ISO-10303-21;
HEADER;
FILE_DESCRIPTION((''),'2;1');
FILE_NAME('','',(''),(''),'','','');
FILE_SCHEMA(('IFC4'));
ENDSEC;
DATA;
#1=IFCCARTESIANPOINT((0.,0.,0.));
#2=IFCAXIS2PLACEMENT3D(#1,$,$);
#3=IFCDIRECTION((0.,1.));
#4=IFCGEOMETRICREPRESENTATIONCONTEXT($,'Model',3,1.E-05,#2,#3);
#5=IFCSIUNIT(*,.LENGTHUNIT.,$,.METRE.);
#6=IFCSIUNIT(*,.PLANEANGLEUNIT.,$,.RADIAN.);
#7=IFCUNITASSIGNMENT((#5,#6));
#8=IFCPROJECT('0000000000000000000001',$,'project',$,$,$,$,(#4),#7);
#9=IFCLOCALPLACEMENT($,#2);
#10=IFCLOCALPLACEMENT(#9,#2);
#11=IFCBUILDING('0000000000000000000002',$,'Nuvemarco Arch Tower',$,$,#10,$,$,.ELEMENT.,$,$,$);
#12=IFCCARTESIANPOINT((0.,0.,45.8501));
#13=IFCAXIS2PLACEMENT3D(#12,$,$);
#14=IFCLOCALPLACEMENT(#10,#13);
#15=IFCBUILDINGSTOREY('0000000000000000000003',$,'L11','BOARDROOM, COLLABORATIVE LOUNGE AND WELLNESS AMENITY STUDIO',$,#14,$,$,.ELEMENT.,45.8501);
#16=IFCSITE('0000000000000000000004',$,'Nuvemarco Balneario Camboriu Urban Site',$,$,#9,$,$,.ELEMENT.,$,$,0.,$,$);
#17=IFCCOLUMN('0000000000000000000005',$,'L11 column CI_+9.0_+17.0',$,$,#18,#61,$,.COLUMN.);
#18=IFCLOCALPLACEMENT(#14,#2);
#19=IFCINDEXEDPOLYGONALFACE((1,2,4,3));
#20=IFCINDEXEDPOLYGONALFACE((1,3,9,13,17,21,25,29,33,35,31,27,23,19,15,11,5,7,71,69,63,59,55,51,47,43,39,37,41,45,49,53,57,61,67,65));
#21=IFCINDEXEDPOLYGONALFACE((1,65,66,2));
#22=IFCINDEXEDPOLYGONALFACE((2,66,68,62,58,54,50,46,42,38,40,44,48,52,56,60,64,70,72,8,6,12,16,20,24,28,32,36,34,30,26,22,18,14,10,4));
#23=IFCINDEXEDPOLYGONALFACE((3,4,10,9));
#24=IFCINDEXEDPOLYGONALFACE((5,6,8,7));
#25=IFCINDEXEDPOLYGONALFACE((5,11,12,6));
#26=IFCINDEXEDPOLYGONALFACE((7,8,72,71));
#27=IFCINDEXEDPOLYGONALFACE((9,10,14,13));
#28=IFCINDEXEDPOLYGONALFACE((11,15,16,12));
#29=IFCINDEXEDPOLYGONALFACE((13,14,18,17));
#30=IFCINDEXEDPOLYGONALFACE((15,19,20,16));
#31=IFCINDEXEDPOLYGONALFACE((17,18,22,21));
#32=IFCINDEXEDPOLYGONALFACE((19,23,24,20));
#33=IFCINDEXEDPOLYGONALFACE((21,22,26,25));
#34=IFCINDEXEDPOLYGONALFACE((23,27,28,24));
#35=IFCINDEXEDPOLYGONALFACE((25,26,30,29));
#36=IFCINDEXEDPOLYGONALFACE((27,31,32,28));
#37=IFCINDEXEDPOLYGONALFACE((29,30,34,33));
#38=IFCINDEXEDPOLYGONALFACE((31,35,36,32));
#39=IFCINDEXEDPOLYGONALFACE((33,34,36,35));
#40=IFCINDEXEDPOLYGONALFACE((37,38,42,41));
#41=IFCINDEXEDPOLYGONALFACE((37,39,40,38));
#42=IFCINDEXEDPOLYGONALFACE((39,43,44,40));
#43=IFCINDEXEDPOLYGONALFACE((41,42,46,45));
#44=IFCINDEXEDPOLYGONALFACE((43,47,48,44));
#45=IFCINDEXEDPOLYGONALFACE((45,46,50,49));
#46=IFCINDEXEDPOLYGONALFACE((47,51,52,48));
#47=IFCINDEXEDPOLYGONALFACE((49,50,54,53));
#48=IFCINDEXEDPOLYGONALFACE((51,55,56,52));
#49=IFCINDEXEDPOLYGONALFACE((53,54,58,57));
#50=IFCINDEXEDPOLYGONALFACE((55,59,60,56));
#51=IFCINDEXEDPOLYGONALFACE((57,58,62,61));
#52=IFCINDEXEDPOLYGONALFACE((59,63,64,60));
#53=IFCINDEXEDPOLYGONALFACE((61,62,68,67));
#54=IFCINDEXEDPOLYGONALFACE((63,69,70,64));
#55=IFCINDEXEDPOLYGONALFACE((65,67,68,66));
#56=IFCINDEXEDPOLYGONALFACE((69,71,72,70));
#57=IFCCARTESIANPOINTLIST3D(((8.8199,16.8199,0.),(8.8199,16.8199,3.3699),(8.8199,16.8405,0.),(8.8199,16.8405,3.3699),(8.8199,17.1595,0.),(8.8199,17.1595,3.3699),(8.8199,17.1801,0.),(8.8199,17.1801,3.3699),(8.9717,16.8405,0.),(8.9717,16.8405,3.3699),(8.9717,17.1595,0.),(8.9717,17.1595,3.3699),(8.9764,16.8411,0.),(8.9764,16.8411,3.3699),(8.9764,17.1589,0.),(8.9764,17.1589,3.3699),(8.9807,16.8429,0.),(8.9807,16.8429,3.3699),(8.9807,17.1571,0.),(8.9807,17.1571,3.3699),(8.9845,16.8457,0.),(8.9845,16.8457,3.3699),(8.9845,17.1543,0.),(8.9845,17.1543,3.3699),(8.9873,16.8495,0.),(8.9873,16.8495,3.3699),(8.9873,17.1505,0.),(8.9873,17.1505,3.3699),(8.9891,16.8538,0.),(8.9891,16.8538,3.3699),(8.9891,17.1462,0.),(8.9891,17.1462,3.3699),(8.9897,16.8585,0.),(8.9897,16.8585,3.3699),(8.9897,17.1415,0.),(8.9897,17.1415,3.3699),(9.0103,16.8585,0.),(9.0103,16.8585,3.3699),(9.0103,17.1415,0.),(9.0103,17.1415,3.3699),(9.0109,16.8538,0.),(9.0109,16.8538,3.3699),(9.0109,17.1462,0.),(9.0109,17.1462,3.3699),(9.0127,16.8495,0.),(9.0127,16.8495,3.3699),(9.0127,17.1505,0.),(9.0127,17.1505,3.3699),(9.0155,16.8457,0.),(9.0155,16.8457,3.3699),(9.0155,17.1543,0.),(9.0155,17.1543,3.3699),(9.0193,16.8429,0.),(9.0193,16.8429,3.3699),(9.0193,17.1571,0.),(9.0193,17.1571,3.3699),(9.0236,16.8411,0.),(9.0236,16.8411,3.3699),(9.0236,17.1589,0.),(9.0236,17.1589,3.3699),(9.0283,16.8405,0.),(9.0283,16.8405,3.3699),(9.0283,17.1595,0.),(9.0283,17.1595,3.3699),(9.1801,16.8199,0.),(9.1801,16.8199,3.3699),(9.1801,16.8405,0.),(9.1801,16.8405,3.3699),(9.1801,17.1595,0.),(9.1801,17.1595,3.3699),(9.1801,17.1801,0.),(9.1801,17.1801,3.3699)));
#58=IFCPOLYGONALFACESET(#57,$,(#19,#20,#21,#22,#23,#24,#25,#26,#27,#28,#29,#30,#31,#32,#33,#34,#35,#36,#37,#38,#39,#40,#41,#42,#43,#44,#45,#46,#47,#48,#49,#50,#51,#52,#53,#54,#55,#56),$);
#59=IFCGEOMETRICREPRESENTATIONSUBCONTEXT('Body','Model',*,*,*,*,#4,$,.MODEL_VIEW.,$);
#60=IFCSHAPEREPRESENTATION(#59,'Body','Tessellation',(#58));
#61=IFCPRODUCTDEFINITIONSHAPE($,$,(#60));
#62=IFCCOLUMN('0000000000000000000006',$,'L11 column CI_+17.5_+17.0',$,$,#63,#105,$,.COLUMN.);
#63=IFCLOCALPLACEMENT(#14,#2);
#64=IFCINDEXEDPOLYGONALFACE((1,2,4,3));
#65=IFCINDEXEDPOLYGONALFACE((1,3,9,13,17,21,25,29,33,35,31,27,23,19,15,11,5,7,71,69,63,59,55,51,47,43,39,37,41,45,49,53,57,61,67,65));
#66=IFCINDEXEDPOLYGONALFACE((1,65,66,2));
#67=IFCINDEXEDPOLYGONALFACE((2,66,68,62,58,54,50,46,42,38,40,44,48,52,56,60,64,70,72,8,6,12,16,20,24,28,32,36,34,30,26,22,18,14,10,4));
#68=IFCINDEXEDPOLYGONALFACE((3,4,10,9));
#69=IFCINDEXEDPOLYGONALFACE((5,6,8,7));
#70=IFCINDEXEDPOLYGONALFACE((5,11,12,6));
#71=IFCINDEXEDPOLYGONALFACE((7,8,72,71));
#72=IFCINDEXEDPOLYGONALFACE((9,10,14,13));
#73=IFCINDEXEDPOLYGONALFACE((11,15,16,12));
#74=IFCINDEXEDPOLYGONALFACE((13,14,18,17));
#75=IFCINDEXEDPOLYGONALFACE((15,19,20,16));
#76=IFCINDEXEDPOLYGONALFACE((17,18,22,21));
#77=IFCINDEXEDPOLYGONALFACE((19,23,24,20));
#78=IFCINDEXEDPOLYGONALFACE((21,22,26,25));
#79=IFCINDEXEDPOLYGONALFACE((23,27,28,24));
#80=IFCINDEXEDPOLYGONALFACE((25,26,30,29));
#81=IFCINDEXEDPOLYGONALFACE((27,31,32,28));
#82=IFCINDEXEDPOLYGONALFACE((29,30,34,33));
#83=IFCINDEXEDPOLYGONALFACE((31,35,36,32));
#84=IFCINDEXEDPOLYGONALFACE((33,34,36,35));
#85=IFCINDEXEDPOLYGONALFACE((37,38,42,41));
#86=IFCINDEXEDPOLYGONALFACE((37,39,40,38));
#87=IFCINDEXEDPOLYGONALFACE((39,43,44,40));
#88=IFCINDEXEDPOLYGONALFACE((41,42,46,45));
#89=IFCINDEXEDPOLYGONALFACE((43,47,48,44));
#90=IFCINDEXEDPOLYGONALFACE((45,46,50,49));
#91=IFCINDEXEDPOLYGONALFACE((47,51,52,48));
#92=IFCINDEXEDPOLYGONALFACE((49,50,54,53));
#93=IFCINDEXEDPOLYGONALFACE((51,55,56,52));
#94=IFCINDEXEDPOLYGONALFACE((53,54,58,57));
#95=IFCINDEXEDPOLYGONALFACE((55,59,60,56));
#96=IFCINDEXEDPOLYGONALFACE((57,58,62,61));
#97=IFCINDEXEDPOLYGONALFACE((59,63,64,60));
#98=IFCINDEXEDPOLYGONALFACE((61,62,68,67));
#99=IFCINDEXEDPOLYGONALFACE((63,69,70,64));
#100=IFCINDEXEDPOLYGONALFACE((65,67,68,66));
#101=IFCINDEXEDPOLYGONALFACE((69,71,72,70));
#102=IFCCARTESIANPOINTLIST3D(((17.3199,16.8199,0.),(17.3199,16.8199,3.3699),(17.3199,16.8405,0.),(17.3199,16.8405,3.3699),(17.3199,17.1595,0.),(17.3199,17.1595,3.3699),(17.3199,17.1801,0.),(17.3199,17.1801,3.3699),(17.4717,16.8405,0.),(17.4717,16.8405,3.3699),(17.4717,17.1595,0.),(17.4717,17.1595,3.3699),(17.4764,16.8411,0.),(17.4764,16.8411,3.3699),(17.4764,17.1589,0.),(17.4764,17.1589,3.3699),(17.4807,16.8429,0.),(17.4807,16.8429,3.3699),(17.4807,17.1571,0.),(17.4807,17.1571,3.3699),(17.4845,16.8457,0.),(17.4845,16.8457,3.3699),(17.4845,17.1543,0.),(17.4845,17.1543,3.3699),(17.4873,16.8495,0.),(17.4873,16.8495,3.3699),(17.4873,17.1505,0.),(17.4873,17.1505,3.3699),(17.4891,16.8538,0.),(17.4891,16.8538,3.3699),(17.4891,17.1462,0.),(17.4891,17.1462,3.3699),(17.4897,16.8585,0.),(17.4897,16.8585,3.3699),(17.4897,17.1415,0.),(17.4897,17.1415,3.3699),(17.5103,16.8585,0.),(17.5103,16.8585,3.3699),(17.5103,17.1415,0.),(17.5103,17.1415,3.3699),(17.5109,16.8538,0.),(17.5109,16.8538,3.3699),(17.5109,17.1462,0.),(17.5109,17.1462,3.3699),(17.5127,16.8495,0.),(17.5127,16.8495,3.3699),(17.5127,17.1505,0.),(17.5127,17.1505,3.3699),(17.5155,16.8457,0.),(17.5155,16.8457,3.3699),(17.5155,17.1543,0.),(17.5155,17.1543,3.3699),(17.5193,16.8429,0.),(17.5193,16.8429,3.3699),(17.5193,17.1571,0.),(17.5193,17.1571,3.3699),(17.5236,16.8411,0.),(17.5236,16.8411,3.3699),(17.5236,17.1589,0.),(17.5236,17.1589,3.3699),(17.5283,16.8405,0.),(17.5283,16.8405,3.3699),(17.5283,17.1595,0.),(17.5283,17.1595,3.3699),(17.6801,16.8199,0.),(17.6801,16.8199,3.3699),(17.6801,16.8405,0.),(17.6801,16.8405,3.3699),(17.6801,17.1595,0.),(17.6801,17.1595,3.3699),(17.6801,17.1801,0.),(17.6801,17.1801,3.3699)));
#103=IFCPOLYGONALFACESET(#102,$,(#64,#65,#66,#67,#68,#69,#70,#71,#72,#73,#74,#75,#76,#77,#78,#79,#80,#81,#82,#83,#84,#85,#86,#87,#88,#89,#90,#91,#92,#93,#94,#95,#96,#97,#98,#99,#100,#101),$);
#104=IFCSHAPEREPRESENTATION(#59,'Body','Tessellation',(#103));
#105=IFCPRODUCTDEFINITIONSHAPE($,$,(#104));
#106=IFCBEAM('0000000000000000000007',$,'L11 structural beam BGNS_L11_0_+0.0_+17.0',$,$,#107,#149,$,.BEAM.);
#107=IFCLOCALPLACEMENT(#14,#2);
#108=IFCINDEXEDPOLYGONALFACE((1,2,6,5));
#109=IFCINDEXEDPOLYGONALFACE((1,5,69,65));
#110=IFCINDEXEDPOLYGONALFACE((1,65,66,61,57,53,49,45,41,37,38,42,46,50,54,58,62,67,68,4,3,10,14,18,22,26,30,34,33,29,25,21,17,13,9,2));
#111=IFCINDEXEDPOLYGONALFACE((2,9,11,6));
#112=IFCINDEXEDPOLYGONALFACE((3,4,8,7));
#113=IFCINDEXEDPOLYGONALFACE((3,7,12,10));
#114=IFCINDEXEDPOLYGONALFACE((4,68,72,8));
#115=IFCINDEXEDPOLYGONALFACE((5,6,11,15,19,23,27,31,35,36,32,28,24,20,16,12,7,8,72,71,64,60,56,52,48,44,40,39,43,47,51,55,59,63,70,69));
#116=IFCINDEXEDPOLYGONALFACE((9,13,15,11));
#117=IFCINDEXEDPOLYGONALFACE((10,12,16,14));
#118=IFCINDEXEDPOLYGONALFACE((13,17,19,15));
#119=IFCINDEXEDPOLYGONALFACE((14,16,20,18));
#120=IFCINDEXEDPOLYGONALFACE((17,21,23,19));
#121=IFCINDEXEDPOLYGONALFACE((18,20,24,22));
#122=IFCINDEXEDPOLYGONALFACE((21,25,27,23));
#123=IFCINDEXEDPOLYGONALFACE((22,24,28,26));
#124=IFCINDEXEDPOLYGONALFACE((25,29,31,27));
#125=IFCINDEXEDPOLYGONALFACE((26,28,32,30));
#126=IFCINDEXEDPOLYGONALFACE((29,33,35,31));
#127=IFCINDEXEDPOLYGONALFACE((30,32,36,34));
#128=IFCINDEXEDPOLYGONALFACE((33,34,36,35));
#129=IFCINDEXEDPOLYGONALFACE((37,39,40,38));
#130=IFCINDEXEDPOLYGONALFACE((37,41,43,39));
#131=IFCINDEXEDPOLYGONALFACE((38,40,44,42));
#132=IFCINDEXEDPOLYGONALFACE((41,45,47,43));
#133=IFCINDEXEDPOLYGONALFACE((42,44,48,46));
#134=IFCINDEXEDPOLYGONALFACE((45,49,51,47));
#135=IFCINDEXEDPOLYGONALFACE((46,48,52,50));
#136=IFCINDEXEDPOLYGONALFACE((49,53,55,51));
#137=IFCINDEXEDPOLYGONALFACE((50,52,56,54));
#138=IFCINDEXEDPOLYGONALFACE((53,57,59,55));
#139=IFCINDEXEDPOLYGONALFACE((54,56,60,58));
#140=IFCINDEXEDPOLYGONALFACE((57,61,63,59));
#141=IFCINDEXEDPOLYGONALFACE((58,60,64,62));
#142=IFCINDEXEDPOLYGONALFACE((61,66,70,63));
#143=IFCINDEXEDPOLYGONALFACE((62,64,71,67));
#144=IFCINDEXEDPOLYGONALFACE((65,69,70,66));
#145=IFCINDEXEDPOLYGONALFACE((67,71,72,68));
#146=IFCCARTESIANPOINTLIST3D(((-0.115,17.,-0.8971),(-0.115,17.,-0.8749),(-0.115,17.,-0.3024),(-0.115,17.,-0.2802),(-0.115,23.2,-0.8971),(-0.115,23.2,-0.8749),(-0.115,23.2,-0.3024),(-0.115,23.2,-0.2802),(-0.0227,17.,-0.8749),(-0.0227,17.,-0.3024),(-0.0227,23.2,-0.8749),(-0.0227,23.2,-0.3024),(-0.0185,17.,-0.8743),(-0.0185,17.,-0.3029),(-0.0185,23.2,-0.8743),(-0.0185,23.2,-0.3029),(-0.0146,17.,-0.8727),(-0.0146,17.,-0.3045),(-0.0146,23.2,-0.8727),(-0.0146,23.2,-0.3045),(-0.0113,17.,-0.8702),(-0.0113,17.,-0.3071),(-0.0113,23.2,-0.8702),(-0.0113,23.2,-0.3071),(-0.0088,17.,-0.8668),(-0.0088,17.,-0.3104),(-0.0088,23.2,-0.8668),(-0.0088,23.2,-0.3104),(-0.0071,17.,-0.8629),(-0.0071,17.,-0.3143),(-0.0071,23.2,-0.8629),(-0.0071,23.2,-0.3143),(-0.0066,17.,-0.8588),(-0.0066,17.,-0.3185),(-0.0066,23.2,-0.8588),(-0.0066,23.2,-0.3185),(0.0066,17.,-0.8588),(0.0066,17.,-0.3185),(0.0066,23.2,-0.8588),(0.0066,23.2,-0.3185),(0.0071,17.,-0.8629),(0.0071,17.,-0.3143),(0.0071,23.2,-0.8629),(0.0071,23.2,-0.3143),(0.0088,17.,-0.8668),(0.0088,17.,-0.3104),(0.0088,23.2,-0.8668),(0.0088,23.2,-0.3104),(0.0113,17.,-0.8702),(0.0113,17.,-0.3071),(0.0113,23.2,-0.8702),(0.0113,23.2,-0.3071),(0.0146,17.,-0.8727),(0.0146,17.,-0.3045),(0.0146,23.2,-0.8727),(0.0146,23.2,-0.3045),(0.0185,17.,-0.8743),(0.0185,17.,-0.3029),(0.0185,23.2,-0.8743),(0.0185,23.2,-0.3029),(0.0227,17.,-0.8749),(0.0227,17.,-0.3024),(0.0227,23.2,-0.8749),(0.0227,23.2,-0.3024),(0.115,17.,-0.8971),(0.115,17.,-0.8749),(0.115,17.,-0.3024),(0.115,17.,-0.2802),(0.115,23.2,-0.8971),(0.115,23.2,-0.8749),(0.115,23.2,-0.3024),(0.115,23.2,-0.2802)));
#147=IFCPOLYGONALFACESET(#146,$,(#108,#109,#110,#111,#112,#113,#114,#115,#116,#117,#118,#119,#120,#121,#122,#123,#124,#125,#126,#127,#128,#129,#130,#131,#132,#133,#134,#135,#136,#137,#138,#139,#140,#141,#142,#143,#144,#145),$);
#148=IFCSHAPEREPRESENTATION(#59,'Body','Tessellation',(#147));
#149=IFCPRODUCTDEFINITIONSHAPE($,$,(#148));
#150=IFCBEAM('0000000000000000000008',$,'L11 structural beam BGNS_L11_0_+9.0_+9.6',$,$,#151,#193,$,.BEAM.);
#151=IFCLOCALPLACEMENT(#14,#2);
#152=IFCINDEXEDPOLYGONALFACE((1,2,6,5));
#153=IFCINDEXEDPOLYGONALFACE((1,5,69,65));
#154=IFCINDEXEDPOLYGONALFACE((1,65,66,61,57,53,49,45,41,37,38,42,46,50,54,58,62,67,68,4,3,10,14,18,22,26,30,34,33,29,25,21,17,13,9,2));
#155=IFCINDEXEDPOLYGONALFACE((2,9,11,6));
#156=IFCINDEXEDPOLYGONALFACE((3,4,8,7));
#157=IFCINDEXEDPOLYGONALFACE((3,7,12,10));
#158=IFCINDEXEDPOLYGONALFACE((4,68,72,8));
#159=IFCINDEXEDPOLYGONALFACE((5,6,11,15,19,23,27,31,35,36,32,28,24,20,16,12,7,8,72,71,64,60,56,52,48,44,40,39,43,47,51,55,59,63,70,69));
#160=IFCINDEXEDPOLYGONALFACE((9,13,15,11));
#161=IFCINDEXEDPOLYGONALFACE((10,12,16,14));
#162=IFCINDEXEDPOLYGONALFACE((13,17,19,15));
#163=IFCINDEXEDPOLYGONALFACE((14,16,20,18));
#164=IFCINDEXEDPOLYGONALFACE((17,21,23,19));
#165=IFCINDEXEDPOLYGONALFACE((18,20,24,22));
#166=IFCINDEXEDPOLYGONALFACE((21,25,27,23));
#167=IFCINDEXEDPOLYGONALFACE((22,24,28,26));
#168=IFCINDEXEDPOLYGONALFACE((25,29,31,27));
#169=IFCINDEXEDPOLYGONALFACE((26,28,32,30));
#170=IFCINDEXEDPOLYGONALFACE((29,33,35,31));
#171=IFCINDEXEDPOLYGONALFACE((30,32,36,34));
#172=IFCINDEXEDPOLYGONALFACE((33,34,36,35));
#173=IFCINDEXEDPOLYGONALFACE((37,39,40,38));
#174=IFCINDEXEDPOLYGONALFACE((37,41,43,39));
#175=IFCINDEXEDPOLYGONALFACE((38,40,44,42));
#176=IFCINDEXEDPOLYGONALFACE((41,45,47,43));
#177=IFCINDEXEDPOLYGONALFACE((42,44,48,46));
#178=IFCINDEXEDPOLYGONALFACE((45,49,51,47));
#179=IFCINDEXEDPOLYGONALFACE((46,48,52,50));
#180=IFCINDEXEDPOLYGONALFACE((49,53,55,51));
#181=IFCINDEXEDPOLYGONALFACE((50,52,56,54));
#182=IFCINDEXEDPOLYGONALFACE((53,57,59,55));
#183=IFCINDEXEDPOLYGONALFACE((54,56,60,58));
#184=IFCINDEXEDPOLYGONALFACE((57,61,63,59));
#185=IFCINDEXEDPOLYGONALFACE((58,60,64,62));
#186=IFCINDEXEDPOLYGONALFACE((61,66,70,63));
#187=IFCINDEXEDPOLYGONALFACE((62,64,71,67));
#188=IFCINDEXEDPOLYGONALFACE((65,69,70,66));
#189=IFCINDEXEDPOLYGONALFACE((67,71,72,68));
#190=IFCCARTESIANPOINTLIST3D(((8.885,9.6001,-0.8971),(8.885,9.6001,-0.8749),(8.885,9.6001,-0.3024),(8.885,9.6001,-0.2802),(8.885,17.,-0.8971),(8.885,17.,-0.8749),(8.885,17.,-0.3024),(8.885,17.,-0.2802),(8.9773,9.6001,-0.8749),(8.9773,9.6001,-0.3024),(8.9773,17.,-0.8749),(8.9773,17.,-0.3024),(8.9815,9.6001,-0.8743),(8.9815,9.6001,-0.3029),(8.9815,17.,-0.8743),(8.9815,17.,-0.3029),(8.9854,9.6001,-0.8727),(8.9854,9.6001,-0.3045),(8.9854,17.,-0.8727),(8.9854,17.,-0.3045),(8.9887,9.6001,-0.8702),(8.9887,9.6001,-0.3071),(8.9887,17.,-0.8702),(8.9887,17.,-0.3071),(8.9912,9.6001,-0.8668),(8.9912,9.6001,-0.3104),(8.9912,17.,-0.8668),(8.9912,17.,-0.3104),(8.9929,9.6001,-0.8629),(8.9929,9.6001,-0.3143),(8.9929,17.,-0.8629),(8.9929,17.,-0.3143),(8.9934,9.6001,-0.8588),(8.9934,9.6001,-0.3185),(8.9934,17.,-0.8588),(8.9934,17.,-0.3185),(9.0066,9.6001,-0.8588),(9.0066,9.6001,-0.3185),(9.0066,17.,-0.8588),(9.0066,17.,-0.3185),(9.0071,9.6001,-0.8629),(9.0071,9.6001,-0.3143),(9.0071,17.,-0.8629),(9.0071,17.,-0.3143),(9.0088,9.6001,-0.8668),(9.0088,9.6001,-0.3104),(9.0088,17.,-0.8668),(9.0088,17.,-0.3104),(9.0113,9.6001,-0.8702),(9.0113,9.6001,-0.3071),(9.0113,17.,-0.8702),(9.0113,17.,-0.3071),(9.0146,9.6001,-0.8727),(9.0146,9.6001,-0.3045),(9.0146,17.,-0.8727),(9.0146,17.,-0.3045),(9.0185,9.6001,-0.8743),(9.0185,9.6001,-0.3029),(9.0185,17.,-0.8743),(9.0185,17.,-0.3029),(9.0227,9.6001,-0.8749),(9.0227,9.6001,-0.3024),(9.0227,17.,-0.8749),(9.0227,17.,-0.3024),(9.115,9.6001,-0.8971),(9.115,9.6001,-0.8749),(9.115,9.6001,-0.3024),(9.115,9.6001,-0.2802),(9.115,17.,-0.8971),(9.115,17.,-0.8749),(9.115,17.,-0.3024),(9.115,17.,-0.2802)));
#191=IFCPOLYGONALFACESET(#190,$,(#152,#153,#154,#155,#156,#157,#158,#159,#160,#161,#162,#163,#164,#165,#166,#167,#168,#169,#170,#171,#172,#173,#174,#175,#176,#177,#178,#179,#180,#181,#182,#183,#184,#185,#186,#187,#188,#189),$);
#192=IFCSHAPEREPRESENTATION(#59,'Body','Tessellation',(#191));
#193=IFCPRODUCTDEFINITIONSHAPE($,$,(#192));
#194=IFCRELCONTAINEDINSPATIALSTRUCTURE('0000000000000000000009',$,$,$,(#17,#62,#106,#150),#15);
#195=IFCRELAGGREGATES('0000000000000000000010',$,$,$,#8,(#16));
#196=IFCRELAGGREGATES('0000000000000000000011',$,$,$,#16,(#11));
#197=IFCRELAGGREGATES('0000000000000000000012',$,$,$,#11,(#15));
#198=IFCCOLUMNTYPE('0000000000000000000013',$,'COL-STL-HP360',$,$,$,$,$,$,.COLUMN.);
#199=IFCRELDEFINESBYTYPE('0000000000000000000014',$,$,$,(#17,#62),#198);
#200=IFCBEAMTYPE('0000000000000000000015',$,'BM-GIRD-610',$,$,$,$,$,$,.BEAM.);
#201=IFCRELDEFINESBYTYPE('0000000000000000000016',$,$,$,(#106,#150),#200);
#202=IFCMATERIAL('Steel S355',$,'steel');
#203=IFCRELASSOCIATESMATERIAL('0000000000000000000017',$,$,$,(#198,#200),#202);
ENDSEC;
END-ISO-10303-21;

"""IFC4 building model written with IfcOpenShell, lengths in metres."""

from ifc_helpers import new_model, si_unit, direction, frame, origin, origin_2d, place, context, subcontext, project, spatial, i_section, extrude, material, material_profile, profile_set, type_object, element, save


model = new_model("IFC4")

# Units and contexts
model_context = context("Model", 3, precision=1e-05, world=origin(), true_north=direction((0.0, 1.0)))
body_context = subcontext(model_context, "Body", "Model", "MODEL_VIEW")
ifc_project = project(units=[si_unit("LENGTHUNIT", "METRE"), si_unit("PLANEANGLEUNIT", "RADIAN")], contexts=[model_context])

# Site, building, storey
site_placement = place(None, origin())
site = spatial("IfcSite", under=ifc_project, at=site_placement, Name="Nuvemarco Balneario Camboriu Urban Site", CompositionType="ELEMENT", RefElevation=0.0)
building_placement = place(site_placement, origin())
building = spatial("IfcBuilding", under=site, at=building_placement, Name="Nuvemarco Arch Tower", CompositionType="ELEMENT")
storey_placement = place(building_placement, frame((0.0, 0.0, 45.8501)))
storey = spatial("IfcBuildingStorey", under=building, at=storey_placement, Name="L11", Description="BOARDROOM, COLLABORATIVE LOUNGE AND WELLNESS AMENITY STUDIO", CompositionType="ELEMENT", Elevation=45.8501)

# Columns
ifc_material_1 = material(Name="Steel S355", Category="steel")
ifc_material_profile_1 = material_profile(ifc_material_1, i_section(OverallWidth=0.3601, OverallDepth=0.3601, WebThickness=0.0205, FlangeThickness=0.0205, FilletRadius=0.0181, at=origin_2d()), Name="HP360x174")
ifc_profile_set_1 = profile_set([ifc_material_profile_1], Name="Steel S355")
column_type_1 = type_object("IfcColumnType", Name="COL-STL-HP360", PredefinedType="COLUMN", material=ifc_profile_set_1)
for number, where, z_axis, x_axis, name in (
    (1, (9.0, 17.0, 0.0), (0.0, 0.0, 1.0), (1.0, 0.0, 0.0), "L11 column CI_+9.0_+17.0"),
    (2, (17.5, 17.0, 0.0), (0.0, 0.0, 1.0), (1.0, 0.0, 0.0), "L11 column CI_+17.5_+17.0"),
):
    element("IfcColumn", number, at=place(storey_placement, frame(where, z_axis=z_axis, x_axis=x_axis)), inside=storey, type_object=column_type_1, Name=name, PredefinedType="COLUMN", context=body_context, shape_type="SweptSolid", body=[
        extrude(i_section(OverallWidth=0.3601, OverallDepth=0.3601, WebThickness=0.0205, FlangeThickness=0.0205, FilletRadius=0.0181, at=origin_2d()), origin(), (0.0, 0.0, 1.0), 3.3699),
    ])

# Beams
ifc_material_profile_2 = material_profile(ifc_material_1, i_section(OverallWidth=0.23, OverallDepth=0.6169, WebThickness=0.0132, FlangeThickness=0.0222, FilletRadius=0.0161, at=origin_2d()), Name="W610x140")
ifc_profile_set_2 = profile_set([ifc_material_profile_2], Name="Steel S355")
beam_type_1 = type_object("IfcBeamType", Name="BM-GIRD-610", PredefinedType="BEAM", material=ifc_profile_set_2)
beam_1_placement = place(storey_placement, frame((0.0, 17.0, -0.5886), z_axis=(0.0, 1.0, 0.0), x_axis=(-1.0, 0.0, 0.0)))
element("IfcBeam", 3, at=beam_1_placement, inside=storey, type_object=beam_type_1, Name="L11 structural beam BGNS_L11_0_+0.0_+17.0", PredefinedType="BEAM", context=body_context, shape_type="SweptSolid", body=[
    extrude(i_section(OverallWidth=0.23, OverallDepth=0.6169, WebThickness=0.0132, FlangeThickness=0.0222, FilletRadius=0.0161, at=origin_2d()), origin(), (0.0, 0.0, 1.0), 6.2),
])
beam_2_placement = place(storey_placement, frame((9.0, 9.6001, -0.5886), z_axis=(0.0, 1.0, 0.0), x_axis=(-1.0, 0.0, 0.0)))
element("IfcBeam", 4, at=beam_2_placement, inside=storey, type_object=beam_type_1, Name="L11 structural beam BGNS_L11_0_+9.0_+9.6", PredefinedType="BEAM", context=body_context, shape_type="SweptSolid", body=[
    extrude(i_section(OverallWidth=0.23, OverallDepth=0.6169, WebThickness=0.0132, FlangeThickness=0.0222, FilletRadius=0.0161, at=origin_2d()), origin(), (0.0, 0.0, 1.0), 7.3999),
])

save(model, "model.ifc")
